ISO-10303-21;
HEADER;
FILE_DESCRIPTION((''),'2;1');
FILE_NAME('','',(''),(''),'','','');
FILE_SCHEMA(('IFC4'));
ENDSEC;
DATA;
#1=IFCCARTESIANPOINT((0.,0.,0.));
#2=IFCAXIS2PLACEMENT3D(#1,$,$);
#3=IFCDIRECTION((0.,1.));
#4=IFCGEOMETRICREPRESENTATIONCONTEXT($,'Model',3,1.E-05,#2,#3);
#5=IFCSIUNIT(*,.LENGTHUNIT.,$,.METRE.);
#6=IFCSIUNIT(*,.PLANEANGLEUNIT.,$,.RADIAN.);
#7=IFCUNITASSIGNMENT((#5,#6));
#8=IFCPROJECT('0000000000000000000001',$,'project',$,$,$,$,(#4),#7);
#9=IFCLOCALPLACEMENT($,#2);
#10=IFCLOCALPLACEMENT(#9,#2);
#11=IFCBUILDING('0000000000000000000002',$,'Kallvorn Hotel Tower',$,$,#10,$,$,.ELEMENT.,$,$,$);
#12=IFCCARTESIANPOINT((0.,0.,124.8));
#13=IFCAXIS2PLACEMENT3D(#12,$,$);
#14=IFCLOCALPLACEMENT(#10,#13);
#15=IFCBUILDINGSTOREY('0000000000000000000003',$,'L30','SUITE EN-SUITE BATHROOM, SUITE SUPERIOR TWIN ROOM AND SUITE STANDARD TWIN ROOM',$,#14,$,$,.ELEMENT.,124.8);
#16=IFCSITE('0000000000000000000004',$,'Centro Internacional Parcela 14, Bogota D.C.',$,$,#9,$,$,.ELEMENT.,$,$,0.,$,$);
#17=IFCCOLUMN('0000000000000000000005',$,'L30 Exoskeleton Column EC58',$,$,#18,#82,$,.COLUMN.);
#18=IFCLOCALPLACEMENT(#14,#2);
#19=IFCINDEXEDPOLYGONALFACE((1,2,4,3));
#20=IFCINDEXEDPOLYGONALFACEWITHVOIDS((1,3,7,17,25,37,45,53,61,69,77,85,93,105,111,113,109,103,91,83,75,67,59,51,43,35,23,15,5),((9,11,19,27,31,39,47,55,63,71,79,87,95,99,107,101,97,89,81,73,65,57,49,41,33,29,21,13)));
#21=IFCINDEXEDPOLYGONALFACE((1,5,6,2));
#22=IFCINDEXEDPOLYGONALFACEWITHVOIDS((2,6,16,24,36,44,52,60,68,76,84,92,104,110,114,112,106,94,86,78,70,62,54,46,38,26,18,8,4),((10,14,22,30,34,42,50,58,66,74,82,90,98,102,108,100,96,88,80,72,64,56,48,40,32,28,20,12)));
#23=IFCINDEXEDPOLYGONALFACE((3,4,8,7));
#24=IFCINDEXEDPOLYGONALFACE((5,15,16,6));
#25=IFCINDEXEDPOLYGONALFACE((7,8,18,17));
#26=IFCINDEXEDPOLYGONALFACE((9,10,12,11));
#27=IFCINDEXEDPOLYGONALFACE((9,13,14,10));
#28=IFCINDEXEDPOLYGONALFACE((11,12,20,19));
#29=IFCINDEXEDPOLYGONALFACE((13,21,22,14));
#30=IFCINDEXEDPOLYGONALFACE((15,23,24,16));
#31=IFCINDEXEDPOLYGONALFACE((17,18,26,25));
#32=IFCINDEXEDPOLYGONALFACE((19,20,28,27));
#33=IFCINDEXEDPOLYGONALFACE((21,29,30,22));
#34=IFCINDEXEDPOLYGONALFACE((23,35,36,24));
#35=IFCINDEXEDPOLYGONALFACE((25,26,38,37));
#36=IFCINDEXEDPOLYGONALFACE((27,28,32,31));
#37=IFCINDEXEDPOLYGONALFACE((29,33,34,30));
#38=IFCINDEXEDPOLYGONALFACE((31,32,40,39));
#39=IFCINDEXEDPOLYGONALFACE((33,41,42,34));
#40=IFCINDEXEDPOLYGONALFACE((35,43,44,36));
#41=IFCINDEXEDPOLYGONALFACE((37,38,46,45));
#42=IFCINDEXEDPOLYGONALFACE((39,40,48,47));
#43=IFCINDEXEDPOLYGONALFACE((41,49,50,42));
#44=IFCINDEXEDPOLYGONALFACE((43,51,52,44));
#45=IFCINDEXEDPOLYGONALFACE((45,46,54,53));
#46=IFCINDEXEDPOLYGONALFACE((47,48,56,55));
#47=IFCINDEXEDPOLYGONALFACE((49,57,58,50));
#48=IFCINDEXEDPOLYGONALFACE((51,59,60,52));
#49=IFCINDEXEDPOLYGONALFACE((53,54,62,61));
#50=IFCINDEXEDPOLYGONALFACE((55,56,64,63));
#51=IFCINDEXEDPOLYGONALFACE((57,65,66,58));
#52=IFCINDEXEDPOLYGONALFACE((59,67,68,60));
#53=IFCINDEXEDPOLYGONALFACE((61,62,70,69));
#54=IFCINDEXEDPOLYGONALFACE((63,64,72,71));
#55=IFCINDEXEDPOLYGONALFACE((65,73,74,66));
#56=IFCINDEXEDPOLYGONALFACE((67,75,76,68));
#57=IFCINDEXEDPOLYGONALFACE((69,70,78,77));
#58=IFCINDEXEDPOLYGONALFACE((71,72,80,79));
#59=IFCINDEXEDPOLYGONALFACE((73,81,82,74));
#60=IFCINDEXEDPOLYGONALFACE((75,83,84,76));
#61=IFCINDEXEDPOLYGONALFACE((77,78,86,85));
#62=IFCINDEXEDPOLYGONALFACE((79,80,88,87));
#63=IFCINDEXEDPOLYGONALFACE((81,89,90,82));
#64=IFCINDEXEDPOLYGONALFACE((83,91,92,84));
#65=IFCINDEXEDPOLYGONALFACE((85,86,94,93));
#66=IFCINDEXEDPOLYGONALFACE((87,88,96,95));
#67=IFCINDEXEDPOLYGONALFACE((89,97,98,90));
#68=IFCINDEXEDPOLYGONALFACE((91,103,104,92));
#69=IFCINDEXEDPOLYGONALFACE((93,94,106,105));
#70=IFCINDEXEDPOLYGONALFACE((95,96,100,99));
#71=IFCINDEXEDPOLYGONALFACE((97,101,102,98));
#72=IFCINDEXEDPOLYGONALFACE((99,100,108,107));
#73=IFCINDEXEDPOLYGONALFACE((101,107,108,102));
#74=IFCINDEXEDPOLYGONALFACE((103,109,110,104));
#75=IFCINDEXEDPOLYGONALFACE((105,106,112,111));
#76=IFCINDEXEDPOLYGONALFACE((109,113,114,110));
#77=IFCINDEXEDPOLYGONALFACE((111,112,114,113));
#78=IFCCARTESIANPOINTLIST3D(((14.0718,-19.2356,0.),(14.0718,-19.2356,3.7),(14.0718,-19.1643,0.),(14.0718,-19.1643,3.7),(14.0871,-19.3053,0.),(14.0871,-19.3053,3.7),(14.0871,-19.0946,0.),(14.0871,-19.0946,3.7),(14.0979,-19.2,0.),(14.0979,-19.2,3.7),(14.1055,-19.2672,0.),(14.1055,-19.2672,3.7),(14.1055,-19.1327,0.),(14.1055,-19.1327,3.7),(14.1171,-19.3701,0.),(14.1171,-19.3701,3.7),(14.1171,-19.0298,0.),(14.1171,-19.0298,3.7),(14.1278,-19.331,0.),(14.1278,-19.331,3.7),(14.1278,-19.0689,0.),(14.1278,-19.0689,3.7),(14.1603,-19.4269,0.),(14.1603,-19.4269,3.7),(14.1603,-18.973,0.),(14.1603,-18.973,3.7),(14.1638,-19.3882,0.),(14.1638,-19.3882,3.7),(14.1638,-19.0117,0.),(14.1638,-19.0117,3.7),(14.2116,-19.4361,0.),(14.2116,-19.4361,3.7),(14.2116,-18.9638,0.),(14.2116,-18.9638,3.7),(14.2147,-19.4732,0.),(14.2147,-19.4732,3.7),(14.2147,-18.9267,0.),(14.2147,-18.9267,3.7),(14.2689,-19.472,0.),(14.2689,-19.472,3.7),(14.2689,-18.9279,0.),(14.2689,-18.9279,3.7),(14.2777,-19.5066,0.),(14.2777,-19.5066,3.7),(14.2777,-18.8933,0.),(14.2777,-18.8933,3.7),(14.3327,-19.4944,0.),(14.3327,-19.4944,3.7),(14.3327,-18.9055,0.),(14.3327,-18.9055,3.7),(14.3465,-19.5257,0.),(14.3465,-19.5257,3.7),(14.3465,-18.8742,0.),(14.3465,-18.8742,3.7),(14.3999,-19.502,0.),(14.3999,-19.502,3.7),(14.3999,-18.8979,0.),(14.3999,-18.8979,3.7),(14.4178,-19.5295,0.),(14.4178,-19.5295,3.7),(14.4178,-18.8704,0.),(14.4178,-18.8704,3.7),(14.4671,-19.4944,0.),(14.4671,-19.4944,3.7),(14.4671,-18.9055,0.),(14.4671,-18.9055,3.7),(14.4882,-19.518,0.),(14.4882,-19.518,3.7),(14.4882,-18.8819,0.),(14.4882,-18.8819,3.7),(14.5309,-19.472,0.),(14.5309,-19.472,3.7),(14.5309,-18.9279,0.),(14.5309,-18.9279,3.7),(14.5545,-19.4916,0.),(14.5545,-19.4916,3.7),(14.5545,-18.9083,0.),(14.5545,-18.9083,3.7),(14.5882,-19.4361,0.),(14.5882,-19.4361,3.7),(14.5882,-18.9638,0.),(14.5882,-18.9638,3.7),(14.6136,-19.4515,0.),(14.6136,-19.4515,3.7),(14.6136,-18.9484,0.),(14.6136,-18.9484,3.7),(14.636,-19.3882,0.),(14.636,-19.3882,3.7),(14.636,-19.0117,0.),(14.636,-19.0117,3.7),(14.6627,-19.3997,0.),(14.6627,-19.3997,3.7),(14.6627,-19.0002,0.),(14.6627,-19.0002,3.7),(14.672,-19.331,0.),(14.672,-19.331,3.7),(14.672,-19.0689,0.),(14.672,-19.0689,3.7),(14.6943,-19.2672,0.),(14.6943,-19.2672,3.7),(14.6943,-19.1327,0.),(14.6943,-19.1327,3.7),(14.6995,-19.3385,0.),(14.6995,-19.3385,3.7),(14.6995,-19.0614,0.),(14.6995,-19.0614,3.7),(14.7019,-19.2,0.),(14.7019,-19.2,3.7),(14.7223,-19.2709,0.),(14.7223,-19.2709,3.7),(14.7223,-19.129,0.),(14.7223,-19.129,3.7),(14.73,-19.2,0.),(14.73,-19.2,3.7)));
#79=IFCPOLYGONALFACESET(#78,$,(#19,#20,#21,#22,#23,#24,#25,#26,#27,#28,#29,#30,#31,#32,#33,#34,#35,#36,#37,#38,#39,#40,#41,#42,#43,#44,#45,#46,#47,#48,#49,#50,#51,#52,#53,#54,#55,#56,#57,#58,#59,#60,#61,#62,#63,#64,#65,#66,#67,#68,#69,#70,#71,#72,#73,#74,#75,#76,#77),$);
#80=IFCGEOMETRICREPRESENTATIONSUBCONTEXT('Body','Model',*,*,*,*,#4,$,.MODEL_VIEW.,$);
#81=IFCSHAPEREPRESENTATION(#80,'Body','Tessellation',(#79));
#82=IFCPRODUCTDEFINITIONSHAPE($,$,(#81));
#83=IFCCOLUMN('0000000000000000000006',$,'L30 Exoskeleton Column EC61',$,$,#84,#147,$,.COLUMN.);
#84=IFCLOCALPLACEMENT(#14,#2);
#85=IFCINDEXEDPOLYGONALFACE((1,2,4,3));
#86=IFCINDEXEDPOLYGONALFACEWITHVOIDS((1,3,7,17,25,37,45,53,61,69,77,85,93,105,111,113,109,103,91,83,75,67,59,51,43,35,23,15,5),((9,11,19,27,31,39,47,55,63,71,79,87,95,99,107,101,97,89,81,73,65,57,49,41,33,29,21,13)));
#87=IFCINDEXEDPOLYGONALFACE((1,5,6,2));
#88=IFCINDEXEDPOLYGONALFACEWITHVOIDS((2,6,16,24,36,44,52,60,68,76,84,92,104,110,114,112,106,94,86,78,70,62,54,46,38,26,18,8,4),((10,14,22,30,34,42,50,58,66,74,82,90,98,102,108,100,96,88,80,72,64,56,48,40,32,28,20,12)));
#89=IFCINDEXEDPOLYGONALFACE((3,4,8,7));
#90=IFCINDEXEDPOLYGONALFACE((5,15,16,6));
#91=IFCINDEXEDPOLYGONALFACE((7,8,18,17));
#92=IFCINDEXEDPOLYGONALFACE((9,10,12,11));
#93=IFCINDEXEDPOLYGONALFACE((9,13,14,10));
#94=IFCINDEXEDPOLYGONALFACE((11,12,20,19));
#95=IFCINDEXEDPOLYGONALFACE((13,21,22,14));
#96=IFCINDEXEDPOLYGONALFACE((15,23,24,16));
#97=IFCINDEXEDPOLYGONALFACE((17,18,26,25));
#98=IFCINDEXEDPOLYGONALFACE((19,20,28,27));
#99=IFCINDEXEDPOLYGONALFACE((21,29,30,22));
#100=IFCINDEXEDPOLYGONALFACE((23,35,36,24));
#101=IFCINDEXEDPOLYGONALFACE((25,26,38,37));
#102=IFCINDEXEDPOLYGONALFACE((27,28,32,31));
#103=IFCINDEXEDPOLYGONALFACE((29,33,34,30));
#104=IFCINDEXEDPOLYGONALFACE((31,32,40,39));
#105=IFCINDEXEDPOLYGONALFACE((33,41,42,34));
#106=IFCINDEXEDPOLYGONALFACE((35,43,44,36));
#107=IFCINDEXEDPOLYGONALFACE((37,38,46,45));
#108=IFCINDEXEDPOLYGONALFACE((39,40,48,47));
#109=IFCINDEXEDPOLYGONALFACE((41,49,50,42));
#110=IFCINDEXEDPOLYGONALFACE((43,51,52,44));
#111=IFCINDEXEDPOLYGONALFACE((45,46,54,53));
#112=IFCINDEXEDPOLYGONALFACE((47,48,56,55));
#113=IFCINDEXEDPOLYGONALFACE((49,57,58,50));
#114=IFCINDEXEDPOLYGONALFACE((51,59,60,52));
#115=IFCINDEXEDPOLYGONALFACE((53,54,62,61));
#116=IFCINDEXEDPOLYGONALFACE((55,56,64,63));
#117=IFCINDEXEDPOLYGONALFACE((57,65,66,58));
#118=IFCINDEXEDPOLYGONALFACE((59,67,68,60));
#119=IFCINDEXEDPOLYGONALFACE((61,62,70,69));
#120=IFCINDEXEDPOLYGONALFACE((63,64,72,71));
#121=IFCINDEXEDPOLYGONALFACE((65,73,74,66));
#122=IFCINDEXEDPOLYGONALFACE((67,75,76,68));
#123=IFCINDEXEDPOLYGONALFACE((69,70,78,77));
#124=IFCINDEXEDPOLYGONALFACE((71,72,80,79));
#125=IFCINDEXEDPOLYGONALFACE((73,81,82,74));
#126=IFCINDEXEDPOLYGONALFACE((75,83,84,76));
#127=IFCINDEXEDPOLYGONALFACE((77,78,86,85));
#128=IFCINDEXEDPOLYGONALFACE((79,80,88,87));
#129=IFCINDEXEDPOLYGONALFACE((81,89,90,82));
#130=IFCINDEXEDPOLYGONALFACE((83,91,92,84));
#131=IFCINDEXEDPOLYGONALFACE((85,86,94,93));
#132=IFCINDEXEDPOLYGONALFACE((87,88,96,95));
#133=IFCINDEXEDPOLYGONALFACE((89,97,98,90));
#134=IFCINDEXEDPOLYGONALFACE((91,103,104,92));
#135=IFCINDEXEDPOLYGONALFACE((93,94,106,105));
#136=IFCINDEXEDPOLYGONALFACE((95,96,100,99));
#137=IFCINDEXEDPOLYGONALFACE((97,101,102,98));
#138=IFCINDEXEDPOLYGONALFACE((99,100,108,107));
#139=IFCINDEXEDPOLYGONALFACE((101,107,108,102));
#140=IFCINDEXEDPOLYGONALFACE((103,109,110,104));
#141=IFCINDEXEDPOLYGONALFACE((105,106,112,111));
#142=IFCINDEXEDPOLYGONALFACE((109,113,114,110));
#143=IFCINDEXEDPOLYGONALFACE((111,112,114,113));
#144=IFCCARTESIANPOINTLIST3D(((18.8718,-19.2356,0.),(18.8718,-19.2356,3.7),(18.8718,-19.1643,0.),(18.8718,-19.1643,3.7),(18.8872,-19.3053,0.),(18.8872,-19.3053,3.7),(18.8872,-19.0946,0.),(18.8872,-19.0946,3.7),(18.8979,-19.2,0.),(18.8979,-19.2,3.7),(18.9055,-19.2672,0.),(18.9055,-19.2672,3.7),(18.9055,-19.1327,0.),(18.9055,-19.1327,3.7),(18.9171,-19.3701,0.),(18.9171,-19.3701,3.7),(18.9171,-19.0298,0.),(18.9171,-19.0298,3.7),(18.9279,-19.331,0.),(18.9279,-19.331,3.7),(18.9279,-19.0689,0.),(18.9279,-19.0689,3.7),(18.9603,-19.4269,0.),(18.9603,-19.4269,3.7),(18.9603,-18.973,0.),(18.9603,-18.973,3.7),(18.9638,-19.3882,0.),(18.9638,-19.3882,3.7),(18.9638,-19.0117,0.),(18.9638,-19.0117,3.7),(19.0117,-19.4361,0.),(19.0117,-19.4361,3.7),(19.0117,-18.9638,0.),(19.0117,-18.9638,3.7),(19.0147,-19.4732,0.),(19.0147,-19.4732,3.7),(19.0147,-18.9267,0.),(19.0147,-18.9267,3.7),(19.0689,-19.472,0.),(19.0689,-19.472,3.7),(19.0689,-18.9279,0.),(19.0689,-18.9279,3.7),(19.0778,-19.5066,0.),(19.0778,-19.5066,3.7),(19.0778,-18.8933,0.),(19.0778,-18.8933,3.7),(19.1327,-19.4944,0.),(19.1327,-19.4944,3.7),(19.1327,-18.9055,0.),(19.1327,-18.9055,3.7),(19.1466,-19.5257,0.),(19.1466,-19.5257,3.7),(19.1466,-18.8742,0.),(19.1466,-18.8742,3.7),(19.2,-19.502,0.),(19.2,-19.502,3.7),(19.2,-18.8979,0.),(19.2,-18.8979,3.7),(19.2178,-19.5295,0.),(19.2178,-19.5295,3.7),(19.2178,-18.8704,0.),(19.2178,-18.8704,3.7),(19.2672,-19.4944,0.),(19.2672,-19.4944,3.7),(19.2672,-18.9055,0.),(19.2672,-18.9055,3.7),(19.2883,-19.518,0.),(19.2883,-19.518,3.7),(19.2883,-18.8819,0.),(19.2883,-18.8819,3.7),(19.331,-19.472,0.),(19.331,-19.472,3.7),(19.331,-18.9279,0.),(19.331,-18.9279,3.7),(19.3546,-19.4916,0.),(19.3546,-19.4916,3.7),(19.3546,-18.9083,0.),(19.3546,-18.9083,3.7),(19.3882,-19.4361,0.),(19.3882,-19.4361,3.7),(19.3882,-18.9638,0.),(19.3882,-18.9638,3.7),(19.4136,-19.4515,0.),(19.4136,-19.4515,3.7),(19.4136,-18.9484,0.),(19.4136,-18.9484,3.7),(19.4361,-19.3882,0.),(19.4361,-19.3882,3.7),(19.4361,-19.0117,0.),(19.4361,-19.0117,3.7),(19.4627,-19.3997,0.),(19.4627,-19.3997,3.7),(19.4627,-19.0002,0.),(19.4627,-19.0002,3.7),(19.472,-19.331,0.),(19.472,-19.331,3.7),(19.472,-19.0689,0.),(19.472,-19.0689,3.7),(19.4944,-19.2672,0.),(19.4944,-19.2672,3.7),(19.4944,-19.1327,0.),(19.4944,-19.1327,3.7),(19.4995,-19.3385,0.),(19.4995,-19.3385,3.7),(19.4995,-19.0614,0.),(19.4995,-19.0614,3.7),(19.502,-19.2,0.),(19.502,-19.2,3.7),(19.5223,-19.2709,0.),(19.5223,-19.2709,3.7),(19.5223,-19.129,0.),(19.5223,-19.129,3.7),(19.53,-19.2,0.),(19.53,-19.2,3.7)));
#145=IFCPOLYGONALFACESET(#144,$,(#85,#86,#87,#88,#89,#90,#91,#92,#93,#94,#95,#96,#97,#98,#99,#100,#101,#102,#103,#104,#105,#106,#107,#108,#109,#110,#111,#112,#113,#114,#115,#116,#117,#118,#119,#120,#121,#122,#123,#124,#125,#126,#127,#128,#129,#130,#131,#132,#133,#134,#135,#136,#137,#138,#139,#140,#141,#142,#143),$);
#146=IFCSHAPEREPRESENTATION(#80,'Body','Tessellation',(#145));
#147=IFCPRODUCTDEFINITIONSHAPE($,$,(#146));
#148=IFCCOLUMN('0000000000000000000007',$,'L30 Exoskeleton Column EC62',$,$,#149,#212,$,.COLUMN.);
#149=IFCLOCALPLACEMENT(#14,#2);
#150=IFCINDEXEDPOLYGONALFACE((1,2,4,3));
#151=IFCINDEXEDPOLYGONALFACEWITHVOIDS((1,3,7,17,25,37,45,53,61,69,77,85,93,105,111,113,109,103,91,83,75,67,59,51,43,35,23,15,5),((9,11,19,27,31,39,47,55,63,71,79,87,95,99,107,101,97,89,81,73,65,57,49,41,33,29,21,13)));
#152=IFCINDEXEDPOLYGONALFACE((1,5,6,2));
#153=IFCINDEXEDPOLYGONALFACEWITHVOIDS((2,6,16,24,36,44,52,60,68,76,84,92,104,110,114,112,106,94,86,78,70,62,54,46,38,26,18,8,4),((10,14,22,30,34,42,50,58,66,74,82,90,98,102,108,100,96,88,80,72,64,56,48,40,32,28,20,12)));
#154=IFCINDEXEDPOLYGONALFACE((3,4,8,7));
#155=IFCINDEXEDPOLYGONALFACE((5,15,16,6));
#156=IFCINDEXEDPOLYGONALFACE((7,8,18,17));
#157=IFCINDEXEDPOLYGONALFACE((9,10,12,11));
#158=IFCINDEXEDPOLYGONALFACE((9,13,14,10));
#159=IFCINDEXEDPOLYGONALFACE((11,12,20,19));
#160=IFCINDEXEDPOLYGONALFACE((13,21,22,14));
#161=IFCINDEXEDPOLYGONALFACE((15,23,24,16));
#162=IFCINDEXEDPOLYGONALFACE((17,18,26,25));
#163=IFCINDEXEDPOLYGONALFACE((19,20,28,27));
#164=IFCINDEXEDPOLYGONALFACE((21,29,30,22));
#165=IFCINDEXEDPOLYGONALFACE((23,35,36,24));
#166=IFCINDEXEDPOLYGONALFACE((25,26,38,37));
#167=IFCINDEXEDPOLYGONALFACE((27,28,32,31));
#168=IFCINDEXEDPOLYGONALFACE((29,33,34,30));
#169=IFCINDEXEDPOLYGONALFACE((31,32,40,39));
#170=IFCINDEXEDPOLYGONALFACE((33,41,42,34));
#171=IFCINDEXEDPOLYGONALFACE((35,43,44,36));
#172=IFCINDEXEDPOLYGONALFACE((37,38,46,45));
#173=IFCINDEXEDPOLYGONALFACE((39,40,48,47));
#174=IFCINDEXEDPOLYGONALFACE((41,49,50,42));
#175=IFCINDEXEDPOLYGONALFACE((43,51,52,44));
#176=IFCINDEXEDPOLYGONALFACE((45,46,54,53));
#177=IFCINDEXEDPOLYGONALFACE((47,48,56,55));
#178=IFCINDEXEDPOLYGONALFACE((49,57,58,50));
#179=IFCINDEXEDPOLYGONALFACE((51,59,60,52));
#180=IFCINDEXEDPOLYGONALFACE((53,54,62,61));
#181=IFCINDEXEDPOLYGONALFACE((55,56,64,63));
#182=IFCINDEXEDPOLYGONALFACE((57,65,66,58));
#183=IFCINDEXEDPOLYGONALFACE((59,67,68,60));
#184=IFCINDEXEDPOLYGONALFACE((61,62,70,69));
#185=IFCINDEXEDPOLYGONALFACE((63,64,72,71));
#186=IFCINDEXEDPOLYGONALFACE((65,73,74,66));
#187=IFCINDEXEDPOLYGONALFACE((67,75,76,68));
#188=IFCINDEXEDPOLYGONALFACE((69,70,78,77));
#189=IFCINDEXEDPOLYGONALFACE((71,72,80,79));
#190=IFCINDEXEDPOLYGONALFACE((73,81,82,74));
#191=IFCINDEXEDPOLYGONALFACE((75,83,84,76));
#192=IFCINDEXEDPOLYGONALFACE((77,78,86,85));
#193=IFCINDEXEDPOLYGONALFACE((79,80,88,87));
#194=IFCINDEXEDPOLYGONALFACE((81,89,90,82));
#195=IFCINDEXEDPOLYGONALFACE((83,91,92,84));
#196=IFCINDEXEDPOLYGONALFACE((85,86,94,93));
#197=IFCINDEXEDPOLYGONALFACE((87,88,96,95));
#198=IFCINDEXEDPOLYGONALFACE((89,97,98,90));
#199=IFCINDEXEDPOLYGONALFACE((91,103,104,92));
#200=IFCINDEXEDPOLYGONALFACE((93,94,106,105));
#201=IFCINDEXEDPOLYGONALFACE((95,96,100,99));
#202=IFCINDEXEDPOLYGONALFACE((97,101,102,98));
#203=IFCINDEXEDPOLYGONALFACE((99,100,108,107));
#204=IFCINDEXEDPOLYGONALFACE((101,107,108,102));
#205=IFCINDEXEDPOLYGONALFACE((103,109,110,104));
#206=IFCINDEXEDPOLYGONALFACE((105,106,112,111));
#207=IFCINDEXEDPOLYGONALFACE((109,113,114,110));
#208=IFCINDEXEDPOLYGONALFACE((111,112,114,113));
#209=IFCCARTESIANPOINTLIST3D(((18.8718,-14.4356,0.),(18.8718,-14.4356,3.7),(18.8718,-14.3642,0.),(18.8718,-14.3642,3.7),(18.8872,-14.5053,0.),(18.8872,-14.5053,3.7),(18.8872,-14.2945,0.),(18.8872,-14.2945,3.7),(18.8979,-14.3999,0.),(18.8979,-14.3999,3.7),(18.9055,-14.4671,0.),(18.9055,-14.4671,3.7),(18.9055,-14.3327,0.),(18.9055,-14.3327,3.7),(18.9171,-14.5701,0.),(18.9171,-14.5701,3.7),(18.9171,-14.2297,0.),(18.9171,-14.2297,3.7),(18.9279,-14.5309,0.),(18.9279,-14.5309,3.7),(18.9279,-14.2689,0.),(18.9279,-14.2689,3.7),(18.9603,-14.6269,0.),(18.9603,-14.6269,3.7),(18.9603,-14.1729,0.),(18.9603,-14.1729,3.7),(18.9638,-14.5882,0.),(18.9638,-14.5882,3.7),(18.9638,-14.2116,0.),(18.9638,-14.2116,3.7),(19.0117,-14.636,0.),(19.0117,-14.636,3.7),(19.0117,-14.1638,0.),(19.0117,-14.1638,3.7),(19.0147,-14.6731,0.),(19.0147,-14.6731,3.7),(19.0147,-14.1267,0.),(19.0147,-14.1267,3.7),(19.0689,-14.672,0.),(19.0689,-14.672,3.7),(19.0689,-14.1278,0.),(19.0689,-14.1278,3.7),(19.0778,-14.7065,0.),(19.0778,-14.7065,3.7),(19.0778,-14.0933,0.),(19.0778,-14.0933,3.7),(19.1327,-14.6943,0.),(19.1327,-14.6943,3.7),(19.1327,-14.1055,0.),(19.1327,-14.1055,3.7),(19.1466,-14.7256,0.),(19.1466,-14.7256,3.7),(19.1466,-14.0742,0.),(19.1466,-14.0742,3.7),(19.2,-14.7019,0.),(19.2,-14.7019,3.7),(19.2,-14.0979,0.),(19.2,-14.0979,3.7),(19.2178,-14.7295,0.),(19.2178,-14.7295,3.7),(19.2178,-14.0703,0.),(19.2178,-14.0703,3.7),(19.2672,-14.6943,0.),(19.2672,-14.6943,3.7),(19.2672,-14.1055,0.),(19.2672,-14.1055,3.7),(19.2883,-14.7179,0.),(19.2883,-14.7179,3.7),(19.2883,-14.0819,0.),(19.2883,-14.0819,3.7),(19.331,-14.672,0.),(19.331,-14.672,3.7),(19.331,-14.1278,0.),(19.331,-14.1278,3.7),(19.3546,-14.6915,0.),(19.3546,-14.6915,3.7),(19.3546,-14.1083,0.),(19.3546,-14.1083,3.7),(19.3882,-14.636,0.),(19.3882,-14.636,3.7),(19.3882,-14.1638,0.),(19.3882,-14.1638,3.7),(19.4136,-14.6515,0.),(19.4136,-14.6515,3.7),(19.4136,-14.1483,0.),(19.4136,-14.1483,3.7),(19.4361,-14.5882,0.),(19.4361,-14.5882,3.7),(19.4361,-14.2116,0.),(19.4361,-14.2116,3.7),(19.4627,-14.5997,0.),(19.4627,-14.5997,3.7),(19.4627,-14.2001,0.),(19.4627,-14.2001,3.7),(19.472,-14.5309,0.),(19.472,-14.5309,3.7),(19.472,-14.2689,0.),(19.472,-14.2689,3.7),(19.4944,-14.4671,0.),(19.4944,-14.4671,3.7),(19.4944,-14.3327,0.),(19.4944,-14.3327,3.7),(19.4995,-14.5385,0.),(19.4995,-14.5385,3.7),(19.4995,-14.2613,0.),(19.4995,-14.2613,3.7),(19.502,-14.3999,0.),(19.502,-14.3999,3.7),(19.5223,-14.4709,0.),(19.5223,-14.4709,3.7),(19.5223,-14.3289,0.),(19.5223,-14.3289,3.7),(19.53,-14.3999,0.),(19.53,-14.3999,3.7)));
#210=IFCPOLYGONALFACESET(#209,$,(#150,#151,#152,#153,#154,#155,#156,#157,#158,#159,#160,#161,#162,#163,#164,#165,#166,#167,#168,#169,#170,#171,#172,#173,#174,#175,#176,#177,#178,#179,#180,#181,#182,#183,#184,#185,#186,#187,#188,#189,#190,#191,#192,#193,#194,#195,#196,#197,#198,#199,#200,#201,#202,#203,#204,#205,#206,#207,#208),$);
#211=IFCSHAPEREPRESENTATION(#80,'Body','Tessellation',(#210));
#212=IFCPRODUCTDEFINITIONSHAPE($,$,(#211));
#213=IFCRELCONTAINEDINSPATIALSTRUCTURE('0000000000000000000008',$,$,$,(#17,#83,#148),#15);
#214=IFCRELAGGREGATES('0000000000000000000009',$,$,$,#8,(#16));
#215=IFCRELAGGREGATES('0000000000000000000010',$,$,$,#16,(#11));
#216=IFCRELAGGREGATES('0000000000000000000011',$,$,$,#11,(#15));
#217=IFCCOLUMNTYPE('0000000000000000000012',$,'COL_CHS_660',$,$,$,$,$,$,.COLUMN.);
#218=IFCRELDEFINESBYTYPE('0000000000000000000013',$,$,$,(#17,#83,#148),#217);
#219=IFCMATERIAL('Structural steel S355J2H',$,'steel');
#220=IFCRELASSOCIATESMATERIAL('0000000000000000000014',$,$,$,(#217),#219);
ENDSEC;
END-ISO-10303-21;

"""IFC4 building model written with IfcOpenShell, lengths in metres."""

from ifc_helpers import new_model, si_unit, direction, frame, origin, origin_2d, place, context, subcontext, project, spatial, hollow_circle, extrude, material, material_profile, profile_set, type_object, element, save


model = new_model("IFC4")

# Units and contexts
model_context = context("Model", 3, precision=1e-05, world=origin(), true_north=direction((0.0, 1.0)))
body_context = subcontext(model_context, "Body", "Model", "MODEL_VIEW")
ifc_project = project(units=[si_unit("LENGTHUNIT", "METRE"), si_unit("PLANEANGLEUNIT", "RADIAN")], contexts=[model_context])

# Site, building, storey
site_placement = place(None, origin())
site = spatial("IfcSite", under=ifc_project, at=site_placement, Name="Centro Internacional Parcela 14, Bogota D.C.", CompositionType="ELEMENT", RefElevation=0.0)
building_placement = place(site_placement, origin())
building = spatial("IfcBuilding", under=site, at=building_placement, Name="Kallvorn Hotel Tower", CompositionType="ELEMENT")
storey_placement = place(building_placement, frame((0.0, 0.0, 124.8)))
storey = spatial("IfcBuildingStorey", under=building, at=storey_placement, Name="L30", Description="SUITE EN-SUITE BATHROOM, SUITE SUPERIOR TWIN ROOM AND SUITE STANDARD TWIN ROOM", CompositionType="ELEMENT", Elevation=124.8)

# Columns
ifc_material_1 = material(Name="Structural steel S355J2H", Category="steel")
ifc_material_profile_1 = material_profile(ifc_material_1, hollow_circle(Radius=0.3301, WallThickness=0.0281, at=origin_2d()), Name="CHS 660x28")
ifc_profile_set_1 = profile_set([ifc_material_profile_1], Name="Structural steel S355J2H")
column_type_1 = type_object("IfcColumnType", Name="COL_CHS_660", PredefinedType="COLUMN", material=ifc_profile_set_1)
for number, where, z_axis, x_axis, name in (
    (1, (14.3999, -19.2, 0.0), (0.0, 0.0, 1.0), (1.0, 0.0, 0.0), "L30 Exoskeleton Column EC58"),
    (2, (19.2, -19.2, 0.0), (0.0, 0.0, 1.0), (1.0, 0.0, 0.0), "L30 Exoskeleton Column EC61"),
    (3, (19.2, -14.3999, 0.0), (0.0, 0.0, 1.0), (1.0, 0.0, 0.0), "L30 Exoskeleton Column EC62"),
):
    element("IfcColumn", number, at=place(storey_placement, frame(where, z_axis=z_axis, x_axis=x_axis)), inside=storey, type_object=column_type_1, Name=name, PredefinedType="COLUMN", context=body_context, shape_type="SweptSolid", body=[
        extrude(hollow_circle(Radius=0.3301, WallThickness=0.0281, at=origin_2d()), origin(), (0.0, 0.0, 1.0), 3.7),
    ])

save(model, "model.ifc")
